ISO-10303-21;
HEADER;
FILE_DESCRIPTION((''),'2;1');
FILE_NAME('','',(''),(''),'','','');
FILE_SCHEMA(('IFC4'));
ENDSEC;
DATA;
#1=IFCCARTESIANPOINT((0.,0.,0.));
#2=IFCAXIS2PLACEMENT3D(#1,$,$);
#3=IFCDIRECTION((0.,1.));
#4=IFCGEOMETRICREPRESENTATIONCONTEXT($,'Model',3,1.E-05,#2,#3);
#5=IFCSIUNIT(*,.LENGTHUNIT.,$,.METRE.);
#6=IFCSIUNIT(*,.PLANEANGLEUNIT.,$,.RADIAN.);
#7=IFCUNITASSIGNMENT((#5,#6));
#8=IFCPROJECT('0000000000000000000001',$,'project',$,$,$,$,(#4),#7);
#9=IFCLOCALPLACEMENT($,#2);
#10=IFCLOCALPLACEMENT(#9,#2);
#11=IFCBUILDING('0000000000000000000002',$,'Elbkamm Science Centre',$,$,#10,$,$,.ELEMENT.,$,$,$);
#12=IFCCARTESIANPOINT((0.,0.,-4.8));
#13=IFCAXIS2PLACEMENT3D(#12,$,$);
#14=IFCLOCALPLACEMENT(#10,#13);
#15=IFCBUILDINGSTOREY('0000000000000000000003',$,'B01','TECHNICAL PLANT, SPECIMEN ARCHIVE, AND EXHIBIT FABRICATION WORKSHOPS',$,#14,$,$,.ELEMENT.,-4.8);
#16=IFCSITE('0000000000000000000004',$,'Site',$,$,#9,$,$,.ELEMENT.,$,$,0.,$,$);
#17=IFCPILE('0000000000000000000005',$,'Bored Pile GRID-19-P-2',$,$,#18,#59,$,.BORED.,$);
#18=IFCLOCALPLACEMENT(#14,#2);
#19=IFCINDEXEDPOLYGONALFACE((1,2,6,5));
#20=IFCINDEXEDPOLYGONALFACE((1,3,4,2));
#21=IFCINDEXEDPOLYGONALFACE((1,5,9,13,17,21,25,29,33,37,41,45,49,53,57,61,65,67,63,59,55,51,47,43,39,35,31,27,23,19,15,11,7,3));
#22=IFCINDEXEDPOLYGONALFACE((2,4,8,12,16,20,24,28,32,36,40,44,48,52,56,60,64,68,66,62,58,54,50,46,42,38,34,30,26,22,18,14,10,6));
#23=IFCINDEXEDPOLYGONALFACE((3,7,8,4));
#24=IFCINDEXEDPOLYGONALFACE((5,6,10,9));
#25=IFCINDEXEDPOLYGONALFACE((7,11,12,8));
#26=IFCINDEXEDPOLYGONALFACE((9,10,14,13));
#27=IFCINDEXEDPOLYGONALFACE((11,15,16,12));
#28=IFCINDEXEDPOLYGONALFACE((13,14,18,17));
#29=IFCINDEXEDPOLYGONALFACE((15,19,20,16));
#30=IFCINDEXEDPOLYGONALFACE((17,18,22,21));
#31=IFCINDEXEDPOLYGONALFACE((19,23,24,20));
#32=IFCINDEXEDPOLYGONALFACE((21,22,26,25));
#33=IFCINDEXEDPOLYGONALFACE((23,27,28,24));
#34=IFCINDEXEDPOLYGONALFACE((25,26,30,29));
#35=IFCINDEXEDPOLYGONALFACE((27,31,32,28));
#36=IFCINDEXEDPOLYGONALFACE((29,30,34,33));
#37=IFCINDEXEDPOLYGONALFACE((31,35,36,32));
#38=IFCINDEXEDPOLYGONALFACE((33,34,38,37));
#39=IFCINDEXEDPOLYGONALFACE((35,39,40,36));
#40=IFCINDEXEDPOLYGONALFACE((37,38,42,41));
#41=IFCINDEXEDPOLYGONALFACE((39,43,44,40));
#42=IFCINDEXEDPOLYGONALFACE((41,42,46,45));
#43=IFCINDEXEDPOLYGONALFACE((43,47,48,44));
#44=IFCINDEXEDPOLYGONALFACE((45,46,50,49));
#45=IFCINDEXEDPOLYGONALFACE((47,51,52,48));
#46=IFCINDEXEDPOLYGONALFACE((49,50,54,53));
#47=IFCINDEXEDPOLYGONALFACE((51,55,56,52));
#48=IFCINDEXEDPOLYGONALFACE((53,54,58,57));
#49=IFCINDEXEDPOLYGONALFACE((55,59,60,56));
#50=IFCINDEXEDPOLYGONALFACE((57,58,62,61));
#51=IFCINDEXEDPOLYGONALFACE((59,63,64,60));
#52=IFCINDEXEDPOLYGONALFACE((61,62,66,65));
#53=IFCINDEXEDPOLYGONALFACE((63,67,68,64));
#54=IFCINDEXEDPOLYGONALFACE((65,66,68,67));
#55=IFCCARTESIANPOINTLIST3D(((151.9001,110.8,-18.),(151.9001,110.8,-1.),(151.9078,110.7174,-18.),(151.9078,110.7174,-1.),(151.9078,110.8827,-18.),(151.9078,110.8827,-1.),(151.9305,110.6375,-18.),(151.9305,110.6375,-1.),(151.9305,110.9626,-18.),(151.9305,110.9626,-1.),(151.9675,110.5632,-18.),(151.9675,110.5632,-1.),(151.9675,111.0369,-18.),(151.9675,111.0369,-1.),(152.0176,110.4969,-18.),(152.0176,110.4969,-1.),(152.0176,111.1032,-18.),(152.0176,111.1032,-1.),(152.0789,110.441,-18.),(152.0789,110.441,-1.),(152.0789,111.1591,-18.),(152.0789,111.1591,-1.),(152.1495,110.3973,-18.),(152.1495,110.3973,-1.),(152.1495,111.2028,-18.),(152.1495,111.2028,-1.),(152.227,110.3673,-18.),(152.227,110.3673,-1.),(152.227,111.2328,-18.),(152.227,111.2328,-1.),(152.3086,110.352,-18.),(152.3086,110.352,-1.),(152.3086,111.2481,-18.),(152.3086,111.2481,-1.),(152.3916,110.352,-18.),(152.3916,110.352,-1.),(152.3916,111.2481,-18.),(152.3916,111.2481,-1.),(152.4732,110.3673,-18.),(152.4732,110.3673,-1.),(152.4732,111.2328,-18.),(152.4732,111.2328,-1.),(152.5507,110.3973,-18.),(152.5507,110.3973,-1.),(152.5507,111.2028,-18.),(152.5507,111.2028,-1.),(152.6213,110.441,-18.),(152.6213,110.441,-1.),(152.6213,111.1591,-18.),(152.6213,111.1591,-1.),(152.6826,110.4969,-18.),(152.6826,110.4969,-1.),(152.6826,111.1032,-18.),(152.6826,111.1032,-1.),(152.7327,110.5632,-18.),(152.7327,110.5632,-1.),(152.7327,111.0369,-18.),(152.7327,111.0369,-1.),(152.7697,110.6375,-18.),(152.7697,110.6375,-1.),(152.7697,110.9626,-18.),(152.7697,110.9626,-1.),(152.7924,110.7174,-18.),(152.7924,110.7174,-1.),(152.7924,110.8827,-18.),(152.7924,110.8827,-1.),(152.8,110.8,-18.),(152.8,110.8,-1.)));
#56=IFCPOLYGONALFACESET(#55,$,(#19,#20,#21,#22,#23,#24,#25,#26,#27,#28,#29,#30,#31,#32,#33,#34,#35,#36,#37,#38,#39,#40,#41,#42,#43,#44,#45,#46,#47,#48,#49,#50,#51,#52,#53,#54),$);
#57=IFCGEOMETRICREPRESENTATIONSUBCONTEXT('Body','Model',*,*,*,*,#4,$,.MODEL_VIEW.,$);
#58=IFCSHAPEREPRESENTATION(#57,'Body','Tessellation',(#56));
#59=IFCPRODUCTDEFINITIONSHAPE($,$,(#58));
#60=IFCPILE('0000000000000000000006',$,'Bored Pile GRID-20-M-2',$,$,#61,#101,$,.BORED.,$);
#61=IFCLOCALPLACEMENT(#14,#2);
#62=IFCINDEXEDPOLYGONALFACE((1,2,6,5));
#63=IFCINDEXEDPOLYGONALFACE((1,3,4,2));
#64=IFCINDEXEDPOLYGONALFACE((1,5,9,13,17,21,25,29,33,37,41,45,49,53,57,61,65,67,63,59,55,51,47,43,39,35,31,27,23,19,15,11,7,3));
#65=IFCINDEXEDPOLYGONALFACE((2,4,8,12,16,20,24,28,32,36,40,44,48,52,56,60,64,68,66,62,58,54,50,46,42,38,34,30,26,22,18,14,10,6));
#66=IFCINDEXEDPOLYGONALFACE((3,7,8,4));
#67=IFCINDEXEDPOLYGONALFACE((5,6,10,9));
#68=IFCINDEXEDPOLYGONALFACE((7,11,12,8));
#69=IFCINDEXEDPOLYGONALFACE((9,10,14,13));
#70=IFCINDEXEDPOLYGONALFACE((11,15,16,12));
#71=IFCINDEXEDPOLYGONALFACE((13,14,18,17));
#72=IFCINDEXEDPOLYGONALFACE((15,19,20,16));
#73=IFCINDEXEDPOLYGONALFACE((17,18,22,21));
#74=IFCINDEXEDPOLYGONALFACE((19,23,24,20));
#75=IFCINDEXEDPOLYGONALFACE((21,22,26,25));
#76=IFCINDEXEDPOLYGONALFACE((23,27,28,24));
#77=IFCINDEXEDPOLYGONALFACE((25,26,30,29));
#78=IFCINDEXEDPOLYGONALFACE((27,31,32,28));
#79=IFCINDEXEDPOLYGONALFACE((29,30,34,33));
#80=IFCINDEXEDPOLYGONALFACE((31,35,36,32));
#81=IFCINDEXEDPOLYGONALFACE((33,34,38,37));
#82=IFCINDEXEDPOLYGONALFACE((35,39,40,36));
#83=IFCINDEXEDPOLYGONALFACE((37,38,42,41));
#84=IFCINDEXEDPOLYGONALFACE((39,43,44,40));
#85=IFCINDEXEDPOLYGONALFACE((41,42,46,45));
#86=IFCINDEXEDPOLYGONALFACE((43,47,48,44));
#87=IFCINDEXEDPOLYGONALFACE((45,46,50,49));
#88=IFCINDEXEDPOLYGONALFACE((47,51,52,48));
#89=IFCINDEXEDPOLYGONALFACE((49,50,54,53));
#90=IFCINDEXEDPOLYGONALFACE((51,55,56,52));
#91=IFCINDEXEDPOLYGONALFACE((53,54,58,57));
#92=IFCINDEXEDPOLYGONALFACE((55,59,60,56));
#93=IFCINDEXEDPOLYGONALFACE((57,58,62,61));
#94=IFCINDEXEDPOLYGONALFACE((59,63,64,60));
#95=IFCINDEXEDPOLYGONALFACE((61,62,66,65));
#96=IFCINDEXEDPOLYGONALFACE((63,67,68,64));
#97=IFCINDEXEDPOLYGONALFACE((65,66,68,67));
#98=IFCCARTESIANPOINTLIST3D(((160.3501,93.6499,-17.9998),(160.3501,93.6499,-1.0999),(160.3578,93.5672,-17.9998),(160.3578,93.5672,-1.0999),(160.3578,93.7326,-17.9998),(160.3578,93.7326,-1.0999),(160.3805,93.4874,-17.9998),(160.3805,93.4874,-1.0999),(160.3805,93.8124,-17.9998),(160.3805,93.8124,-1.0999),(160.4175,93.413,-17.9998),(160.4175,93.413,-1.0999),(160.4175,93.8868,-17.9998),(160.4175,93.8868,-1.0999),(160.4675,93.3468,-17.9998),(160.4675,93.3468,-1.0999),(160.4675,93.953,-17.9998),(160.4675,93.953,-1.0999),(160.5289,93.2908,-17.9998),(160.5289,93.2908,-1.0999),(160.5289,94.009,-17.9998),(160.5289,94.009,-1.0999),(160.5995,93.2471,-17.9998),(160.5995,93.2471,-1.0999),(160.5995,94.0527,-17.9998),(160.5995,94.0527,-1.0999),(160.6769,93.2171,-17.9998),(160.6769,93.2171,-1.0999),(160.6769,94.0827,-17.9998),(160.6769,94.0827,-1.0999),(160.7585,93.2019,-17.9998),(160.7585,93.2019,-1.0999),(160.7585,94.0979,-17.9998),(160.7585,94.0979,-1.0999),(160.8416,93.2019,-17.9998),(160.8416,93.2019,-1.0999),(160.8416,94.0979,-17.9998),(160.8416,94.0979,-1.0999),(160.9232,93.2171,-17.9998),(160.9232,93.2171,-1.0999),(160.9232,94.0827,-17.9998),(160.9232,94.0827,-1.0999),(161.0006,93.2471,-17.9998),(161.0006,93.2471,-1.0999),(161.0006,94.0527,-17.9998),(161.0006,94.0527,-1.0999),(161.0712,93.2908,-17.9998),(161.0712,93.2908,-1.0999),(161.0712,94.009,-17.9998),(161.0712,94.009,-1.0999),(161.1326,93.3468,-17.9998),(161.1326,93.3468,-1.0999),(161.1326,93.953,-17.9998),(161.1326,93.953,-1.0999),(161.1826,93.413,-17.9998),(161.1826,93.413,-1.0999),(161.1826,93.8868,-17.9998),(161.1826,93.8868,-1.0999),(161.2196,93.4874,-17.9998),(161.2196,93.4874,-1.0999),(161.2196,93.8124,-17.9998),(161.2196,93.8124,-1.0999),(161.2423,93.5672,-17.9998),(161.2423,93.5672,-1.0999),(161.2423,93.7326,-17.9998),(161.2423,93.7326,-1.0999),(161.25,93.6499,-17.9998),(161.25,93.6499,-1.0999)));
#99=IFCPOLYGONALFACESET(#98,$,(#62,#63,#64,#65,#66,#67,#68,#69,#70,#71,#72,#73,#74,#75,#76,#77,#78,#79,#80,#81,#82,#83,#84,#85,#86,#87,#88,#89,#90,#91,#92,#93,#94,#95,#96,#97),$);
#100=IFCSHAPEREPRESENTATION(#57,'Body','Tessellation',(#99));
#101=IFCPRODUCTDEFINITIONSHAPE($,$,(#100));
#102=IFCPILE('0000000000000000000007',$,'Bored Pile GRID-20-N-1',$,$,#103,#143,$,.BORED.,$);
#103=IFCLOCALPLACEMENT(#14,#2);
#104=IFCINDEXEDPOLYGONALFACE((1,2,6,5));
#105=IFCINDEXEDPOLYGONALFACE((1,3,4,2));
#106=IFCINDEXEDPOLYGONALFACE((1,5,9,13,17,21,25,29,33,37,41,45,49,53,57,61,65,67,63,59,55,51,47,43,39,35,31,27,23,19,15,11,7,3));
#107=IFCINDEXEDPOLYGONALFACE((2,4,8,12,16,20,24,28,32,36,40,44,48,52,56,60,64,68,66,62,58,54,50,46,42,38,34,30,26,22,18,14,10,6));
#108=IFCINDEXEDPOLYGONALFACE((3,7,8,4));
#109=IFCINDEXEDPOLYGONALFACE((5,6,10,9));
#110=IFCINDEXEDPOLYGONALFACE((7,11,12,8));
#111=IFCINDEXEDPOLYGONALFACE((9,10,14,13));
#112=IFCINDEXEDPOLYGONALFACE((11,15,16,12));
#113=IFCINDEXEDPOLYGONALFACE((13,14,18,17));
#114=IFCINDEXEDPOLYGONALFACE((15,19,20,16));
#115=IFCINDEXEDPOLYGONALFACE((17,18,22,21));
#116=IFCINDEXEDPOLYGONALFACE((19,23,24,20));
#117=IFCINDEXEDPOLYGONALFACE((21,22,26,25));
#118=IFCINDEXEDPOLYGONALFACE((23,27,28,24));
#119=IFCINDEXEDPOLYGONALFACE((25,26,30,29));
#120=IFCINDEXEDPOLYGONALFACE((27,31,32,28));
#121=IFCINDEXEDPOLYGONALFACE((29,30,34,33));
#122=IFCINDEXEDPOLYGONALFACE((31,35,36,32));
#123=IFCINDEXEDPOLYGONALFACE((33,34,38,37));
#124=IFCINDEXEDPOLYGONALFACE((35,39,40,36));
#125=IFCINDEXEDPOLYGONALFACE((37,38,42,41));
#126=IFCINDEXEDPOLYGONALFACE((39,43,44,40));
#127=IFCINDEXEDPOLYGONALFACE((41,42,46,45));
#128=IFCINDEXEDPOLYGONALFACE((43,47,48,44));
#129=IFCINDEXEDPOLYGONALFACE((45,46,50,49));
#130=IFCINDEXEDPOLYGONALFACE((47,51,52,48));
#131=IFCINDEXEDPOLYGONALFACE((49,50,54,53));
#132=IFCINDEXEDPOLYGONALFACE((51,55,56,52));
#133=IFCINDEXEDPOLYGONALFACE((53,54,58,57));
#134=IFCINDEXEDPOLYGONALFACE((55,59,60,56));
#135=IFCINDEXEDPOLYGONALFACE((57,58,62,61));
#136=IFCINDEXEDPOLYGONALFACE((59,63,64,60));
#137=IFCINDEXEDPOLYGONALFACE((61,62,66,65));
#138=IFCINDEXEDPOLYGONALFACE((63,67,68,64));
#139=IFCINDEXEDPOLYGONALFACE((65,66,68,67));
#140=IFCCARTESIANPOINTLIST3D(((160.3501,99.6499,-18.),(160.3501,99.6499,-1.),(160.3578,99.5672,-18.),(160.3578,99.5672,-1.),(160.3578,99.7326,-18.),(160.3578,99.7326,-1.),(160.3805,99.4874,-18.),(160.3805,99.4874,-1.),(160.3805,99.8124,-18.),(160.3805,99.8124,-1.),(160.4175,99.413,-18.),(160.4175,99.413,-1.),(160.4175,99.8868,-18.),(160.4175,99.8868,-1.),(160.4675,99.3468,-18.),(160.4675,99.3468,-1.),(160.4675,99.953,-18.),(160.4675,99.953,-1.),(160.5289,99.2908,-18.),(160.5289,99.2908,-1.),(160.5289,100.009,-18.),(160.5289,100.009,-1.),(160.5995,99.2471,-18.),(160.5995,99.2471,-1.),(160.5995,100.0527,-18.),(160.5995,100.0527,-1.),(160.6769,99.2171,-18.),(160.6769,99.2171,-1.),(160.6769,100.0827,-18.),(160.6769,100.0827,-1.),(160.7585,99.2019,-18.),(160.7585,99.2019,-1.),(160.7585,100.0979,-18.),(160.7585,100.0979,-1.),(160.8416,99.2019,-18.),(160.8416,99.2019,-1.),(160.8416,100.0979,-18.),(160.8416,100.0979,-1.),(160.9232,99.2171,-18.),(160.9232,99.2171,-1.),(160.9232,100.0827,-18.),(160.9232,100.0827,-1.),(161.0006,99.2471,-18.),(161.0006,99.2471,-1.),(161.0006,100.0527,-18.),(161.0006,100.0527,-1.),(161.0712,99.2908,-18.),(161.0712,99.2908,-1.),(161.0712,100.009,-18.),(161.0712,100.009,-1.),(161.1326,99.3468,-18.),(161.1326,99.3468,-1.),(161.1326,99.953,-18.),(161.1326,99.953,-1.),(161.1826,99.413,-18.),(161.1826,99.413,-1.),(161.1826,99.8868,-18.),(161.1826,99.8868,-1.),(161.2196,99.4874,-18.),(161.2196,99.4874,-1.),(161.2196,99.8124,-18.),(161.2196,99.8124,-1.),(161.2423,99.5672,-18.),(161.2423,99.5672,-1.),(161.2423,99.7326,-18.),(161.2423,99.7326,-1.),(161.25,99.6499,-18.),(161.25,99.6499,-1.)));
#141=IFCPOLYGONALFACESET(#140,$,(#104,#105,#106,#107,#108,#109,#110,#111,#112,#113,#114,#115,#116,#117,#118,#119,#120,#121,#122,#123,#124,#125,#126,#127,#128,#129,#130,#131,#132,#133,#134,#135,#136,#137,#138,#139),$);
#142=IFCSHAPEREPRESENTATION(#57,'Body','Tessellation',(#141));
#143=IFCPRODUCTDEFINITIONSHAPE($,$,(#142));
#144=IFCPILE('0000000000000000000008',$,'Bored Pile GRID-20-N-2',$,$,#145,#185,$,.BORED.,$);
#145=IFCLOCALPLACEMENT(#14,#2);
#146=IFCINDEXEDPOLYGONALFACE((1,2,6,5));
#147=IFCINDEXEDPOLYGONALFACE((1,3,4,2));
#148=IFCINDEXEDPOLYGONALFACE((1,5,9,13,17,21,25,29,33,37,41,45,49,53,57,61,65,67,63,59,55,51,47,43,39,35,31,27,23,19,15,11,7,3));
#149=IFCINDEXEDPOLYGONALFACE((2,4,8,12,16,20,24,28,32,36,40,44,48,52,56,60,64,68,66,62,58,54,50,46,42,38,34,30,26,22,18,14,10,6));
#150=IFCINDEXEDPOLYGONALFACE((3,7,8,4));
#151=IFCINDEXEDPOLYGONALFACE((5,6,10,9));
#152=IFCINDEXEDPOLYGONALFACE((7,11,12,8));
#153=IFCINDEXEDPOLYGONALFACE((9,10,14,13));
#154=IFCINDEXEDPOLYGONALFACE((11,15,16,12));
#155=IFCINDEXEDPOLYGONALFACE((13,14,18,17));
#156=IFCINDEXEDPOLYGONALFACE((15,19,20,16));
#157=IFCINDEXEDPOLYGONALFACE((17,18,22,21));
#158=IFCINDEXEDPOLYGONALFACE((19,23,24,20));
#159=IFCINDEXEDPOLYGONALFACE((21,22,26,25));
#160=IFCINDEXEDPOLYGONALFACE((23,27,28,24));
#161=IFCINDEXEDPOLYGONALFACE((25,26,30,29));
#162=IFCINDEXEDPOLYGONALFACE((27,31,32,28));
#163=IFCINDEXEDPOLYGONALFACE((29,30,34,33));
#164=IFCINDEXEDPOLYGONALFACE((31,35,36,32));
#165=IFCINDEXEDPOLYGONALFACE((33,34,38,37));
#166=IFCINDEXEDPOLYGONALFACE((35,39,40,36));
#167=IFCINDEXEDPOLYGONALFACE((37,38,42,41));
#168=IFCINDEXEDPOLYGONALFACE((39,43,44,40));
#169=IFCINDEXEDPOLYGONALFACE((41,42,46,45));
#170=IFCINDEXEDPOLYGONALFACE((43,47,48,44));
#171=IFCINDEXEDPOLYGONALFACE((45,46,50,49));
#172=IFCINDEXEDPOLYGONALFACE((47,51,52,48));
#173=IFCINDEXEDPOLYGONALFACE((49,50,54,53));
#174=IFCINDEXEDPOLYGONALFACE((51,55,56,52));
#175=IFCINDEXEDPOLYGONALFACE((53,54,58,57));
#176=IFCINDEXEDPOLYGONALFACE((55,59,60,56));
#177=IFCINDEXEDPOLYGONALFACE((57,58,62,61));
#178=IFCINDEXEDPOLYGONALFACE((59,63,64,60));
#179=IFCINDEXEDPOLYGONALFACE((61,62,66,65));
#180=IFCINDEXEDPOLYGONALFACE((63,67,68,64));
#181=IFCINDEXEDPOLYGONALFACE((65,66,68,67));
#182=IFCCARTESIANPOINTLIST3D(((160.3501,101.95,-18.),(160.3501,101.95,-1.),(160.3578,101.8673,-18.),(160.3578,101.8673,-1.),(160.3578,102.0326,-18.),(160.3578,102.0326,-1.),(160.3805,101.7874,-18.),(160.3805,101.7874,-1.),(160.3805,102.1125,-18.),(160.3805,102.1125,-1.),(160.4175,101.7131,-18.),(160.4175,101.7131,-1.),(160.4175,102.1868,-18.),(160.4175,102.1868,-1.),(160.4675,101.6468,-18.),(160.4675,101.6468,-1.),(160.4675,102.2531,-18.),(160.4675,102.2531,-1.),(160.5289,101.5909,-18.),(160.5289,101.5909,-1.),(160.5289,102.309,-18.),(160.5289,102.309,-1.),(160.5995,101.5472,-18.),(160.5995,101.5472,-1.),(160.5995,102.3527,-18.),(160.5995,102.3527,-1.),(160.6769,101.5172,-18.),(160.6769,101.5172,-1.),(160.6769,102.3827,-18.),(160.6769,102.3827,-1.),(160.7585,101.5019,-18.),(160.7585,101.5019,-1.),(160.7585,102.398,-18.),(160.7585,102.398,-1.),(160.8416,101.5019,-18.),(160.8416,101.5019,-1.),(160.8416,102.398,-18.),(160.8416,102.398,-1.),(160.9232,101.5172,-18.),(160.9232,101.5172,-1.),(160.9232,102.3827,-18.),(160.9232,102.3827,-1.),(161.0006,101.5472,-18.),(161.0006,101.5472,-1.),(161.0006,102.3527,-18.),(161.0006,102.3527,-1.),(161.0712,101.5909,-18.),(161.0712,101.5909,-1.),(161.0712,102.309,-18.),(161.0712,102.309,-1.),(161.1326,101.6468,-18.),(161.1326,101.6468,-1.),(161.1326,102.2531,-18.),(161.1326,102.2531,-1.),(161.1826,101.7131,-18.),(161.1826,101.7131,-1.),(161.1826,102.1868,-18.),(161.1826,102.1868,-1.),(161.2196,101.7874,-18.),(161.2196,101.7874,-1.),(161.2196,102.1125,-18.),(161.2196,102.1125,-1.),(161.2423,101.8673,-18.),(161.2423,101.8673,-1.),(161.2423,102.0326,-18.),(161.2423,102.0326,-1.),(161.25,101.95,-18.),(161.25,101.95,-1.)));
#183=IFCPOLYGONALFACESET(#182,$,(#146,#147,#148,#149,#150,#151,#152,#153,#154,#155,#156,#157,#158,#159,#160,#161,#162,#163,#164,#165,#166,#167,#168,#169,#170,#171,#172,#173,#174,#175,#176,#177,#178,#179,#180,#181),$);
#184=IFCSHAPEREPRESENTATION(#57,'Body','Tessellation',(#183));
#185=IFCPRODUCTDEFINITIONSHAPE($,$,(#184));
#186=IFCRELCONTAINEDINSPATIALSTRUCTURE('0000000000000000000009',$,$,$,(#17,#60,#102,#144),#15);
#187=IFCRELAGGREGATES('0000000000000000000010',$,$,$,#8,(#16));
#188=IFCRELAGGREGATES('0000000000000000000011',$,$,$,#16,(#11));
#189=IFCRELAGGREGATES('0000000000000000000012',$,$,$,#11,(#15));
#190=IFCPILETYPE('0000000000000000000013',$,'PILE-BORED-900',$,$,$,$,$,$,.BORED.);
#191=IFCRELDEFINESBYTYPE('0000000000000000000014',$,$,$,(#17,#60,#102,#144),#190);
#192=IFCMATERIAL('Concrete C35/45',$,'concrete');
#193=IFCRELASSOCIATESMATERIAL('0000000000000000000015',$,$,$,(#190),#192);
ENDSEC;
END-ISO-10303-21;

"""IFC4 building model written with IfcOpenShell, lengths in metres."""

from ifc_helpers import new_model, si_unit, direction, frame, origin, origin_2d, place, context, subcontext, project, spatial, circle, extrude, material, material_profile, profile_set, type_object, element, save


model = new_model("IFC4")

# Units and contexts
model_context = context("Model", 3, precision=1e-05, world=origin(), true_north=direction((0.0, 1.0)))
body_context = subcontext(model_context, "Body", "Model", "MODEL_VIEW")
ifc_project = project(units=[si_unit("LENGTHUNIT", "METRE"), si_unit("PLANEANGLEUNIT", "RADIAN")], contexts=[model_context])

# Site, building, storey
site_placement = place(None, origin())
site = spatial("IfcSite", under=ifc_project, at=site_placement, Name="Site", CompositionType="ELEMENT", RefElevation=0.0)
building_placement = place(site_placement, origin())
building = spatial("IfcBuilding", under=site, at=building_placement, Name="Elbkamm Science Centre", CompositionType="ELEMENT")
storey_placement = place(building_placement, frame((0.0, 0.0, -4.8)))
storey = spatial("IfcBuildingStorey", under=building, at=storey_placement, Name="B01", Description="TECHNICAL PLANT, SPECIMEN ARCHIVE, AND EXHIBIT FABRICATION WORKSHOPS", CompositionType="ELEMENT", Elevation=-4.8)

# Shared definitions
ifc_material_1 = material(Name="Concrete C35/45", Category="concrete")

# Piles
ifc_material_profile_1 = material_profile(ifc_material_1, circle(Radius=0.45, at=origin_2d()), Name="PILE D900")
ifc_profile_set_1 = profile_set([ifc_material_profile_1], Name="Concrete C35/45")
pile_type = type_object("IfcPileType", Name="PILE-BORED-900", PredefinedType="BORED", material=ifc_profile_set_1)
for number, where, z_axis, x_axis, name in (
    (1, (152.3501, 110.8, -1.0), (0.0, 0.0, -1.0), (1.0, 0.0, 0.0), "Bored Pile GRID-19-P-2"),
):
    element("IfcPile", number, at=place(storey_placement, frame(where, z_axis=z_axis, x_axis=x_axis)), inside=storey, type_object=pile_type, Name=name, PredefinedType="BORED", context=body_context, shape_type="SweptSolid", body=[
        extrude(circle(Radius=0.45, at=origin_2d()), origin(), (0.0, 0.0, 1.0), 17.0),
    ])
pile_placement = place(storey_placement, frame((160.8, 93.6499, -1.0999), z_axis=(0.0, 0.0, -1.0), x_axis=(1.0, 0.0, 0.0)))
element("IfcPile", 2, at=pile_placement, inside=storey, type_object=pile_type, Name="Bored Pile GRID-20-M-2", PredefinedType="BORED", context=body_context, shape_type="SweptSolid", body=[
    extrude(circle(Radius=0.45, at=origin_2d()), origin(), (0.0, 0.0, 1.0), 16.8999),
])
for number, where, z_axis, x_axis, name in (
    (3, (160.8, 99.6499, -1.0), (0.0, 0.0, -1.0), (1.0, 0.0, 0.0), "Bored Pile GRID-20-N-1"),
    (4, (160.8, 101.95, -1.0), (0.0, 0.0, -1.0), (1.0, 0.0, 0.0), "Bored Pile GRID-20-N-2"),
):
    element("IfcPile", number, at=place(storey_placement, frame(where, z_axis=z_axis, x_axis=x_axis)), inside=storey, type_object=pile_type, Name=name, PredefinedType="BORED", context=body_context, shape_type="SweptSolid", body=[
        extrude(circle(Radius=0.45, at=origin_2d()), origin(), (0.0, 0.0, 1.0), 17.0),
    ])

save(model, "model.ifc")
